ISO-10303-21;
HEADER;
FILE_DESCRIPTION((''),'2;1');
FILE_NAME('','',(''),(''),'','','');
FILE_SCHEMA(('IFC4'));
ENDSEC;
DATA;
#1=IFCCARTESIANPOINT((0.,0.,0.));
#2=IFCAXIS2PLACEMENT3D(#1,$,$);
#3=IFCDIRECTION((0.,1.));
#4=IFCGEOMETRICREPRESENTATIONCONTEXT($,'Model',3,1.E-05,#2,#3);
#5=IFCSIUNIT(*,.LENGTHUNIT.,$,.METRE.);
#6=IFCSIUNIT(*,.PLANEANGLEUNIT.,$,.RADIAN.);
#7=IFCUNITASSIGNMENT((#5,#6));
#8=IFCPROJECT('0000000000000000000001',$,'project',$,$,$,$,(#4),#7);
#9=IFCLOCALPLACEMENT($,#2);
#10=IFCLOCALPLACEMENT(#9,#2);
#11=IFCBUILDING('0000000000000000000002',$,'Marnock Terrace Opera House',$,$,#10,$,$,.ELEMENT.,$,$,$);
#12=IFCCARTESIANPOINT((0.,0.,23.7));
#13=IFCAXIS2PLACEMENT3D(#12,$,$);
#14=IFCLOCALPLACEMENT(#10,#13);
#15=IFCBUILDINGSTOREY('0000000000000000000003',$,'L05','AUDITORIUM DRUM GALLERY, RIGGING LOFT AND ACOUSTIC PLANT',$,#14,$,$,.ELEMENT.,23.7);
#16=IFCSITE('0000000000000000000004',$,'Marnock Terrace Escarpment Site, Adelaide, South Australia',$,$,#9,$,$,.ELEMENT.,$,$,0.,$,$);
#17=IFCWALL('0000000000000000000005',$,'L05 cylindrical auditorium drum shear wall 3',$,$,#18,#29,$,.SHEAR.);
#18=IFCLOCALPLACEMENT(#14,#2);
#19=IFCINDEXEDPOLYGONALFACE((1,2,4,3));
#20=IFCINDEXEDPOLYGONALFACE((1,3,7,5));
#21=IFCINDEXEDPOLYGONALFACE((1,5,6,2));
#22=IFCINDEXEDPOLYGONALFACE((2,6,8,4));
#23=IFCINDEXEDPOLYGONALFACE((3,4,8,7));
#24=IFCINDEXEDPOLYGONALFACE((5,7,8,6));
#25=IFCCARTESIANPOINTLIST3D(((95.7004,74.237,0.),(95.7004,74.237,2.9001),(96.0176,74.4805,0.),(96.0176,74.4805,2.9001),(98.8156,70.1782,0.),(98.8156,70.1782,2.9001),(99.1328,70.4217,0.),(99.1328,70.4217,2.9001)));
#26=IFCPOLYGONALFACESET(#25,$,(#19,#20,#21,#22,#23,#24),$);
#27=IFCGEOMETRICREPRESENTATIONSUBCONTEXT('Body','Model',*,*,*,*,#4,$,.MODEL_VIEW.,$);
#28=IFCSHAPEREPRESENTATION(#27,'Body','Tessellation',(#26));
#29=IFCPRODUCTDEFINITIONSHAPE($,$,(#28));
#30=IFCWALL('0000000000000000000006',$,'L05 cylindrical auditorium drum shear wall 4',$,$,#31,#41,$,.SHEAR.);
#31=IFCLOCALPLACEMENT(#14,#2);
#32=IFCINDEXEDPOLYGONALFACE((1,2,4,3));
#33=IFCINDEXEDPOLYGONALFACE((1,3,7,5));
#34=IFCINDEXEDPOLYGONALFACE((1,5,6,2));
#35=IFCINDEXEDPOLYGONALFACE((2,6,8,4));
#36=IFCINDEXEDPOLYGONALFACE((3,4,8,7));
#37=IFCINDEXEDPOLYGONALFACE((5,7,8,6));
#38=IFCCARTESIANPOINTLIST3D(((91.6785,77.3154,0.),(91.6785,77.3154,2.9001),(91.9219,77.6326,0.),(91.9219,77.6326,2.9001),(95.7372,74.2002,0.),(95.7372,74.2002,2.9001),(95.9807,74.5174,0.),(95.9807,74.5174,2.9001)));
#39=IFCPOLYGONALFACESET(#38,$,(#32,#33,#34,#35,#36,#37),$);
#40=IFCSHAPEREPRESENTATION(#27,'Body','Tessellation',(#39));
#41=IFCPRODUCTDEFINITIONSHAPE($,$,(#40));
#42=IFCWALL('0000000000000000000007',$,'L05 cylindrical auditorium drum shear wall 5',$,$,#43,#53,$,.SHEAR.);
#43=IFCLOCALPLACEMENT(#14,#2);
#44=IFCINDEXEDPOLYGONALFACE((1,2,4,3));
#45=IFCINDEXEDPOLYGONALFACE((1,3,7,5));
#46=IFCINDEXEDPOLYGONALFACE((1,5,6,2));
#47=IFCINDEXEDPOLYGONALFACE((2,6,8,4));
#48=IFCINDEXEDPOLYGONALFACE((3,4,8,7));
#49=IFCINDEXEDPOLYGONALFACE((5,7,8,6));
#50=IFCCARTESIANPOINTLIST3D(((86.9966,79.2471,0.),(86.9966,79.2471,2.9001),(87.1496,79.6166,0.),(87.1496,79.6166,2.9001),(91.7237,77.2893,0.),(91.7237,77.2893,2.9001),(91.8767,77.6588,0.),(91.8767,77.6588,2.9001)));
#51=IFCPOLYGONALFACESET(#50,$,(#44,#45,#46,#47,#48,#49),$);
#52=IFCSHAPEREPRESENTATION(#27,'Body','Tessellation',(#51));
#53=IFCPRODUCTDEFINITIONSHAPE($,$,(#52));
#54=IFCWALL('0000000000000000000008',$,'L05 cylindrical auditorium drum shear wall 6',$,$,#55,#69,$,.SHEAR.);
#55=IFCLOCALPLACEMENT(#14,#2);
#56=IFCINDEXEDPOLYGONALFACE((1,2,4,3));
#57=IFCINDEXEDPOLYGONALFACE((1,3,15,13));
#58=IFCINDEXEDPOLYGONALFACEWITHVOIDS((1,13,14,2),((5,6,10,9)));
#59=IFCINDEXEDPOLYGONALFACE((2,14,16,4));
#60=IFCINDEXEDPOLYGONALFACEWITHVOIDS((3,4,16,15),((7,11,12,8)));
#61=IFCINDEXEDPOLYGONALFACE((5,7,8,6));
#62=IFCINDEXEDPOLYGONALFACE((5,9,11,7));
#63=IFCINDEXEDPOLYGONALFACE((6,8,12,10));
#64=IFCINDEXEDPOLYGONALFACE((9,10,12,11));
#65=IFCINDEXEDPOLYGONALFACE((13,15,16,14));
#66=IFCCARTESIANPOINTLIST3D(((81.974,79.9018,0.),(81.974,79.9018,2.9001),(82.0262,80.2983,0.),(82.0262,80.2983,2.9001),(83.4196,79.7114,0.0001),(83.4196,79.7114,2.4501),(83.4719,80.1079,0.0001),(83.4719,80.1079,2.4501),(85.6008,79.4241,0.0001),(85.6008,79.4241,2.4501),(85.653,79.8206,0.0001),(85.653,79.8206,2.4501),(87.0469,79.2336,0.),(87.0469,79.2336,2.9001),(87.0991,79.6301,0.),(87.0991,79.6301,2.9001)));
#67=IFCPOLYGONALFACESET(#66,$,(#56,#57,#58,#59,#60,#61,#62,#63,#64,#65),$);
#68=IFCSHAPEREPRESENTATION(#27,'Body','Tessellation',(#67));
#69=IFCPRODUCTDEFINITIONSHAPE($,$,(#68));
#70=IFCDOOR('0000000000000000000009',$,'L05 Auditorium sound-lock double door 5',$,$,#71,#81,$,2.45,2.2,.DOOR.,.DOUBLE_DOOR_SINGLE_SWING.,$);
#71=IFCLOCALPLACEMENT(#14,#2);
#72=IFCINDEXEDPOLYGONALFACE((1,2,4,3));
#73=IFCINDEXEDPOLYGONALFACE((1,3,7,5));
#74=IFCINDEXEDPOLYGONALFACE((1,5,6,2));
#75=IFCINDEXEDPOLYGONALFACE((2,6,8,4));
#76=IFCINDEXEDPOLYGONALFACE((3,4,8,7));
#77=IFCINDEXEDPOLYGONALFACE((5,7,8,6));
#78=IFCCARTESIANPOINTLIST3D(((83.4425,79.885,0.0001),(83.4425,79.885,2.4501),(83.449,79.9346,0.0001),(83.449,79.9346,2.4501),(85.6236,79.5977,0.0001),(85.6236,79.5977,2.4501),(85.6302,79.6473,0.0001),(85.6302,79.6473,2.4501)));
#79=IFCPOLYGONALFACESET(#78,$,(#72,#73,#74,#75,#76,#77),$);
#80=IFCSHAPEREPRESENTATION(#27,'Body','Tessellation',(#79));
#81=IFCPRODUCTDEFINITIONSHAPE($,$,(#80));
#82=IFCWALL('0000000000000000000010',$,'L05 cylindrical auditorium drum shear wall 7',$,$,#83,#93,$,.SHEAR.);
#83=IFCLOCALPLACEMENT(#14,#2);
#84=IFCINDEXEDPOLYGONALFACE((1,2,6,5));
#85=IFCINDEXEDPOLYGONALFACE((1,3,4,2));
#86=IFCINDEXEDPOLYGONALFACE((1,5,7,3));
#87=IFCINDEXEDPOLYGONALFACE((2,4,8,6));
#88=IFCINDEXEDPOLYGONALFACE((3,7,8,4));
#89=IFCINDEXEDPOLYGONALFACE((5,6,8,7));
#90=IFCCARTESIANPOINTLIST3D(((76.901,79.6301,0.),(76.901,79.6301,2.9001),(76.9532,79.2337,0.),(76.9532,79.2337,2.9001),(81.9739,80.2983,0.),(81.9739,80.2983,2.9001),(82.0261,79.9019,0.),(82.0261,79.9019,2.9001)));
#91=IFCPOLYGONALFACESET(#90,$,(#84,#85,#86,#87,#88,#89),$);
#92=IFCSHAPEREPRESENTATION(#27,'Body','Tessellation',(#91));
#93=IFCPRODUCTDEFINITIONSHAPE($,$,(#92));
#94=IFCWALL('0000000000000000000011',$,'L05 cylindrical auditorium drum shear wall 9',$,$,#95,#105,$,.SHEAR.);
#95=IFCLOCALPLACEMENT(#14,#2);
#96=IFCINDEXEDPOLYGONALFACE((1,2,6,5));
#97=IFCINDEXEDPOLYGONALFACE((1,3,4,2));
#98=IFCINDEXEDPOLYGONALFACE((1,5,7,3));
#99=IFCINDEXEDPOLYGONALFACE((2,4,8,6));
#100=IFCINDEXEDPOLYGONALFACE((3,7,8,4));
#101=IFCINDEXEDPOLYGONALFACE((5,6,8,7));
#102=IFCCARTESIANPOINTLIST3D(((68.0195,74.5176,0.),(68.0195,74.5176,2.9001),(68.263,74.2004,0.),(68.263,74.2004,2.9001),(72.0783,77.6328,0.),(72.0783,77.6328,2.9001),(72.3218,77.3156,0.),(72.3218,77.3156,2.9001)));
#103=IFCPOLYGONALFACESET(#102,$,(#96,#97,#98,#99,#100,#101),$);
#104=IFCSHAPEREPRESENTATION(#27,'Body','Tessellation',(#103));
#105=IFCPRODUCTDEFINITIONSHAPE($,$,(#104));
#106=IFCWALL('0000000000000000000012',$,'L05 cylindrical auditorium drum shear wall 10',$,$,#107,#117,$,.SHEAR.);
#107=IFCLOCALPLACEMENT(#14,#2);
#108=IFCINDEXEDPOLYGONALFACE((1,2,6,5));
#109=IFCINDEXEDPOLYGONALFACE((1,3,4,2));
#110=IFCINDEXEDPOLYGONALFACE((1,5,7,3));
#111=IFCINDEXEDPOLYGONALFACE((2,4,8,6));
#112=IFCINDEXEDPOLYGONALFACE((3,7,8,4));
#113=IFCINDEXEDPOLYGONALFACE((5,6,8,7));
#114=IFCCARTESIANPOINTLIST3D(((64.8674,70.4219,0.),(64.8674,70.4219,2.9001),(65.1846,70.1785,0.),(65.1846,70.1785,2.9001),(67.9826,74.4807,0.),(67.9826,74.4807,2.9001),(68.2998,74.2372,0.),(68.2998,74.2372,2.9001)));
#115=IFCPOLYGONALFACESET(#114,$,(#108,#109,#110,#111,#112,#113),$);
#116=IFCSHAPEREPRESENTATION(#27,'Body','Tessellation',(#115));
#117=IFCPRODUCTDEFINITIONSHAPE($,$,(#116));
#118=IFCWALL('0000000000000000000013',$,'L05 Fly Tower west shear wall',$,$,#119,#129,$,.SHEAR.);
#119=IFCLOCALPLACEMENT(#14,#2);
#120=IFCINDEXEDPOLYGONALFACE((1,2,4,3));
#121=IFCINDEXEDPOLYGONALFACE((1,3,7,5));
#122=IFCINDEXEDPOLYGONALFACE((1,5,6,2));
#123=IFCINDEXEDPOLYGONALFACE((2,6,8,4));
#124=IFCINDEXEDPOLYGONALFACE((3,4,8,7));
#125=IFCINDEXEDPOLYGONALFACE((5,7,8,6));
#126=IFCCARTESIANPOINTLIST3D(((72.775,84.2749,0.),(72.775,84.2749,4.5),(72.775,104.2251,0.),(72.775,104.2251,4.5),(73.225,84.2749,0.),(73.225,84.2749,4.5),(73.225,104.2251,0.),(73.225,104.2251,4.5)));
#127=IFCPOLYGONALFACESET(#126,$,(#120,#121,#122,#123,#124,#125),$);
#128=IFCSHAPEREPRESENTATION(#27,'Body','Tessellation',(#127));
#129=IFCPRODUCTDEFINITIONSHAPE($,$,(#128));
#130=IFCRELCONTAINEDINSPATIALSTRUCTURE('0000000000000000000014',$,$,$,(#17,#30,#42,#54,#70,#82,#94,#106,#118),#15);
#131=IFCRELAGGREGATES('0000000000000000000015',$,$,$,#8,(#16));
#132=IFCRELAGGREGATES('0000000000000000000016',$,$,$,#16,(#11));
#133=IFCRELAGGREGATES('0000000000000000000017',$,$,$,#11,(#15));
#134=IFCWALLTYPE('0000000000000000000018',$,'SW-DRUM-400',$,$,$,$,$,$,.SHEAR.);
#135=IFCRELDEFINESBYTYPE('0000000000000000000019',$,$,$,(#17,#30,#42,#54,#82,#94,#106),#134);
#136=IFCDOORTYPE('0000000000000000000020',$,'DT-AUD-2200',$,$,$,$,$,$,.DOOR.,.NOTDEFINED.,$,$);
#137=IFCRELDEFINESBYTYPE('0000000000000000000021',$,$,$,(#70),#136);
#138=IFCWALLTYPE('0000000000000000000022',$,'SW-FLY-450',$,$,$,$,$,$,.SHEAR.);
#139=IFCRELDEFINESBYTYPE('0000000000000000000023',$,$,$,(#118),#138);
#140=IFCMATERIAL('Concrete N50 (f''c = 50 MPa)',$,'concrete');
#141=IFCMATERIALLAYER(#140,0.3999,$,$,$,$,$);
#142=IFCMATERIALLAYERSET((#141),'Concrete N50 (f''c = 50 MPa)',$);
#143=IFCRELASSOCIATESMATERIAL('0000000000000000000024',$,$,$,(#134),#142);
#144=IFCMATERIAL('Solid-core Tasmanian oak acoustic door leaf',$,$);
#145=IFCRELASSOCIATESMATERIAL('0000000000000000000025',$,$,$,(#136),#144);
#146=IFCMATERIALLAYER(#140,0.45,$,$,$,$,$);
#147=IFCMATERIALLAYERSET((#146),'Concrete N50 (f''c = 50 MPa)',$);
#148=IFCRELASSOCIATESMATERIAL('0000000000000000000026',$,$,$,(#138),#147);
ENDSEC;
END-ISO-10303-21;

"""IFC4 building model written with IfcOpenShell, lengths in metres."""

from ifc_helpers import new_model, si_unit, direction, frame, frame_2d, origin, place, context, subcontext, project, spatial, rectangle, extrude, material, layer, layer_set, type_object, element, fill, save


model = new_model("IFC4")

# Units and contexts
model_context = context("Model", 3, precision=1e-05, world=origin(), true_north=direction((0.0, 1.0)))
body_context = subcontext(model_context, "Body", "Model", "MODEL_VIEW")
ifc_project = project(units=[si_unit("LENGTHUNIT", "METRE"), si_unit("PLANEANGLEUNIT", "RADIAN")], contexts=[model_context])

# Site, building, storey
site_placement = place(None, origin())
site = spatial("IfcSite", under=ifc_project, at=site_placement, Name="Marnock Terrace Escarpment Site, Adelaide, South Australia", CompositionType="ELEMENT", RefElevation=0.0)
building_placement = place(site_placement, origin())
building = spatial("IfcBuilding", under=site, at=building_placement, Name="Marnock Terrace Opera House", CompositionType="ELEMENT")
storey_placement = place(building_placement, frame((0.0, 0.0, 23.7)))
storey = spatial("IfcBuildingStorey", under=building, at=storey_placement, Name="L05", Description="AUDITORIUM DRUM GALLERY, RIGGING LOFT AND ACOUSTIC PLANT", CompositionType="ELEMENT", Elevation=23.7)

# Shared definitions
ifc_material_1 = material(Name="Concrete N50 (f'c = 50 MPa)", Category="concrete")

# Walls
ifc_layer_1 = layer(ifc_material_1, 0.3999)
ifc_layer_set_1 = layer_set([ifc_layer_1], Name="Concrete N50 (f'c = 50 MPa)")
wall_type_1 = type_object("IfcWallType", Name="SW-DRUM-400", PredefinedType="SHEAR", material=ifc_layer_set_1)
for number, where, z_axis, x_axis, name in (
    (1, (98.9741, 70.3, 0.0), (0.0, 0.0, 1.0), (-0.608857, 0.79328, 0.0), "L05 cylindrical auditorium drum shear wall 3"),
    (2, (95.8589, 74.3589, 0.0), (0.0, 0.0, 1.0), (-0.79328, 0.608857, 0.0), "L05 cylindrical auditorium drum shear wall 4"),
    (3, (91.8, 77.4741, 0.0), (0.0, 0.0, 1.0), (-0.923896, 0.382643, 0.0), "L05 cylindrical auditorium drum shear wall 5"),
):
    element("IfcWall", number, at=place(storey_placement, frame(where, z_axis=z_axis, x_axis=x_axis)), inside=storey, type_object=wall_type_1, Name=name, PredefinedType="SHEAR", context=body_context, shape_type="SweptSolid", body=[
        extrude(rectangle(XDim=5.1165, YDim=0.3999, at=frame_2d((2.5581, 0.0))), origin(), (0.0, 0.0, 1.0), 2.9001),
    ])

# Wall, opening, door
wall_1_placement = place(storey_placement, frame((87.073, 79.4319, 0.0), z_axis=(0.0, 0.0, 1.0), x_axis=(-0.991436, 0.130592, 0.0)))
wall_1 = element("IfcWall", 4, at=wall_1_placement, inside=storey, type_object=wall_type_1, Name="L05 cylindrical auditorium drum shear wall 6", PredefinedType="SHEAR", context=body_context, shape_type="SweptSolid", body=[
    extrude(rectangle(XDim=5.1167, YDim=0.3999, at=frame_2d((2.5583, 0.0))), origin(), (0.0, 0.0, 1.0), 2.9001),
])
opening_1_placement = place(wall_1_placement, frame((1.4585, 0.0, 0.0)))
opening_1 = element("IfcOpeningElement", 5, at=opening_1_placement, cuts=wall_1, PredefinedType="OPENING", context=body_context, shape_type="SweptSolid", body=[
    extrude(rectangle(XDim=2.2, YDim=2.45, at=frame_2d((1.1001, 1.2251))), frame((0.0, 0.21, 0.0), z_axis=(0.0, -1.0, 0.0), x_axis=(1.0, 0.0, 0.0)), (0.0, 0.0, 1.0), 0.4199),
])
ifc_material_2 = material(Name="Solid-core Tasmanian oak acoustic door leaf")
door_type_1 = type_object("IfcDoorType", Name="DT-AUD-2200", OperationType="NOTDEFINED", PredefinedType="DOOR", material=ifc_material_2)
door_1_placement = place(opening_1_placement, origin())
door_1 = element("IfcDoor", 6, at=door_1_placement, inside=storey, type_object=door_type_1, Name="L05 Auditorium sound-lock double door 5", OperationType="DOUBLE_DOOR_SINGLE_SWING", OverallHeight=2.45, OverallWidth=2.2, PredefinedType="DOOR", context=body_context, shape_type="SweptSolid", body=[
    extrude(rectangle(XDim=2.2, YDim=2.45, at=frame_2d((1.1001, 1.2251))), frame((0.0, 0.0249, 0.0), z_axis=(0.0, -1.0, 0.0), x_axis=(1.0, 0.0, 0.0)), (0.0, 0.0, 1.0), 0.05),
])
fill(opening_1, door_1)

# Wall
wall_2_placement = place(storey_placement, frame((82.0, 80.1001, 0.0), z_axis=(0.0, 0.0, 1.0), x_axis=(-0.991436, -0.130592, 0.0)))
element("IfcWall", 7, at=wall_2_placement, inside=storey, type_object=wall_type_1, Name="L05 cylindrical auditorium drum shear wall 7", PredefinedType="SHEAR", context=body_context, shape_type="SweptSolid", body=[
    extrude(rectangle(XDim=5.1167, YDim=0.3999, at=frame_2d((2.5583, 0.0))), origin(), (0.0, 0.0, 1.0), 2.9001),
])

# Walls
for number, where, z_axis, x_axis, name in (
    (8, (72.2, 77.4741, 0.0), (0.0, 0.0, 1.0), (-0.79328, -0.608857, 0.0), "L05 cylindrical auditorium drum shear wall 9"),
    (9, (68.1411, 74.3589, 0.0), (0.0, 0.0, 1.0), (-0.608857, -0.79328, 0.0), "L05 cylindrical auditorium drum shear wall 10"),
):
    element("IfcWall", number, at=place(storey_placement, frame(where, z_axis=z_axis, x_axis=x_axis)), inside=storey, type_object=wall_type_1, Name=name, PredefinedType="SHEAR", context=body_context, shape_type="SweptSolid", body=[
        extrude(rectangle(XDim=5.1165, YDim=0.3999, at=frame_2d((2.5581, 0.0))), origin(), (0.0, 0.0, 1.0), 2.9001),
    ])
ifc_layer_2 = layer(ifc_material_1, 0.45)
ifc_layer_set_2 = layer_set([ifc_layer_2], Name="Concrete N50 (f'c = 50 MPa)")
wall_type_2 = type_object("IfcWallType", Name="SW-FLY-450", PredefinedType="SHEAR", material=ifc_layer_set_2)
wall_3_placement = place(storey_placement, frame((73.0, 84.2749, 0.0), z_axis=(0.0, 0.0, 1.0), x_axis=(0.0, 1.0, 0.0)))
element("IfcWall", 10, at=wall_3_placement, inside=storey, type_object=wall_type_2, Name="L05 Fly Tower west shear wall", PredefinedType="SHEAR", context=body_context, shape_type="SweptSolid", body=[
    extrude(rectangle(XDim=19.9502, YDim=0.45, at=frame_2d((9.9751, 0.0))), origin(), (0.0, 0.0, 1.0), 4.5),
])

save(model, "model.ifc")
